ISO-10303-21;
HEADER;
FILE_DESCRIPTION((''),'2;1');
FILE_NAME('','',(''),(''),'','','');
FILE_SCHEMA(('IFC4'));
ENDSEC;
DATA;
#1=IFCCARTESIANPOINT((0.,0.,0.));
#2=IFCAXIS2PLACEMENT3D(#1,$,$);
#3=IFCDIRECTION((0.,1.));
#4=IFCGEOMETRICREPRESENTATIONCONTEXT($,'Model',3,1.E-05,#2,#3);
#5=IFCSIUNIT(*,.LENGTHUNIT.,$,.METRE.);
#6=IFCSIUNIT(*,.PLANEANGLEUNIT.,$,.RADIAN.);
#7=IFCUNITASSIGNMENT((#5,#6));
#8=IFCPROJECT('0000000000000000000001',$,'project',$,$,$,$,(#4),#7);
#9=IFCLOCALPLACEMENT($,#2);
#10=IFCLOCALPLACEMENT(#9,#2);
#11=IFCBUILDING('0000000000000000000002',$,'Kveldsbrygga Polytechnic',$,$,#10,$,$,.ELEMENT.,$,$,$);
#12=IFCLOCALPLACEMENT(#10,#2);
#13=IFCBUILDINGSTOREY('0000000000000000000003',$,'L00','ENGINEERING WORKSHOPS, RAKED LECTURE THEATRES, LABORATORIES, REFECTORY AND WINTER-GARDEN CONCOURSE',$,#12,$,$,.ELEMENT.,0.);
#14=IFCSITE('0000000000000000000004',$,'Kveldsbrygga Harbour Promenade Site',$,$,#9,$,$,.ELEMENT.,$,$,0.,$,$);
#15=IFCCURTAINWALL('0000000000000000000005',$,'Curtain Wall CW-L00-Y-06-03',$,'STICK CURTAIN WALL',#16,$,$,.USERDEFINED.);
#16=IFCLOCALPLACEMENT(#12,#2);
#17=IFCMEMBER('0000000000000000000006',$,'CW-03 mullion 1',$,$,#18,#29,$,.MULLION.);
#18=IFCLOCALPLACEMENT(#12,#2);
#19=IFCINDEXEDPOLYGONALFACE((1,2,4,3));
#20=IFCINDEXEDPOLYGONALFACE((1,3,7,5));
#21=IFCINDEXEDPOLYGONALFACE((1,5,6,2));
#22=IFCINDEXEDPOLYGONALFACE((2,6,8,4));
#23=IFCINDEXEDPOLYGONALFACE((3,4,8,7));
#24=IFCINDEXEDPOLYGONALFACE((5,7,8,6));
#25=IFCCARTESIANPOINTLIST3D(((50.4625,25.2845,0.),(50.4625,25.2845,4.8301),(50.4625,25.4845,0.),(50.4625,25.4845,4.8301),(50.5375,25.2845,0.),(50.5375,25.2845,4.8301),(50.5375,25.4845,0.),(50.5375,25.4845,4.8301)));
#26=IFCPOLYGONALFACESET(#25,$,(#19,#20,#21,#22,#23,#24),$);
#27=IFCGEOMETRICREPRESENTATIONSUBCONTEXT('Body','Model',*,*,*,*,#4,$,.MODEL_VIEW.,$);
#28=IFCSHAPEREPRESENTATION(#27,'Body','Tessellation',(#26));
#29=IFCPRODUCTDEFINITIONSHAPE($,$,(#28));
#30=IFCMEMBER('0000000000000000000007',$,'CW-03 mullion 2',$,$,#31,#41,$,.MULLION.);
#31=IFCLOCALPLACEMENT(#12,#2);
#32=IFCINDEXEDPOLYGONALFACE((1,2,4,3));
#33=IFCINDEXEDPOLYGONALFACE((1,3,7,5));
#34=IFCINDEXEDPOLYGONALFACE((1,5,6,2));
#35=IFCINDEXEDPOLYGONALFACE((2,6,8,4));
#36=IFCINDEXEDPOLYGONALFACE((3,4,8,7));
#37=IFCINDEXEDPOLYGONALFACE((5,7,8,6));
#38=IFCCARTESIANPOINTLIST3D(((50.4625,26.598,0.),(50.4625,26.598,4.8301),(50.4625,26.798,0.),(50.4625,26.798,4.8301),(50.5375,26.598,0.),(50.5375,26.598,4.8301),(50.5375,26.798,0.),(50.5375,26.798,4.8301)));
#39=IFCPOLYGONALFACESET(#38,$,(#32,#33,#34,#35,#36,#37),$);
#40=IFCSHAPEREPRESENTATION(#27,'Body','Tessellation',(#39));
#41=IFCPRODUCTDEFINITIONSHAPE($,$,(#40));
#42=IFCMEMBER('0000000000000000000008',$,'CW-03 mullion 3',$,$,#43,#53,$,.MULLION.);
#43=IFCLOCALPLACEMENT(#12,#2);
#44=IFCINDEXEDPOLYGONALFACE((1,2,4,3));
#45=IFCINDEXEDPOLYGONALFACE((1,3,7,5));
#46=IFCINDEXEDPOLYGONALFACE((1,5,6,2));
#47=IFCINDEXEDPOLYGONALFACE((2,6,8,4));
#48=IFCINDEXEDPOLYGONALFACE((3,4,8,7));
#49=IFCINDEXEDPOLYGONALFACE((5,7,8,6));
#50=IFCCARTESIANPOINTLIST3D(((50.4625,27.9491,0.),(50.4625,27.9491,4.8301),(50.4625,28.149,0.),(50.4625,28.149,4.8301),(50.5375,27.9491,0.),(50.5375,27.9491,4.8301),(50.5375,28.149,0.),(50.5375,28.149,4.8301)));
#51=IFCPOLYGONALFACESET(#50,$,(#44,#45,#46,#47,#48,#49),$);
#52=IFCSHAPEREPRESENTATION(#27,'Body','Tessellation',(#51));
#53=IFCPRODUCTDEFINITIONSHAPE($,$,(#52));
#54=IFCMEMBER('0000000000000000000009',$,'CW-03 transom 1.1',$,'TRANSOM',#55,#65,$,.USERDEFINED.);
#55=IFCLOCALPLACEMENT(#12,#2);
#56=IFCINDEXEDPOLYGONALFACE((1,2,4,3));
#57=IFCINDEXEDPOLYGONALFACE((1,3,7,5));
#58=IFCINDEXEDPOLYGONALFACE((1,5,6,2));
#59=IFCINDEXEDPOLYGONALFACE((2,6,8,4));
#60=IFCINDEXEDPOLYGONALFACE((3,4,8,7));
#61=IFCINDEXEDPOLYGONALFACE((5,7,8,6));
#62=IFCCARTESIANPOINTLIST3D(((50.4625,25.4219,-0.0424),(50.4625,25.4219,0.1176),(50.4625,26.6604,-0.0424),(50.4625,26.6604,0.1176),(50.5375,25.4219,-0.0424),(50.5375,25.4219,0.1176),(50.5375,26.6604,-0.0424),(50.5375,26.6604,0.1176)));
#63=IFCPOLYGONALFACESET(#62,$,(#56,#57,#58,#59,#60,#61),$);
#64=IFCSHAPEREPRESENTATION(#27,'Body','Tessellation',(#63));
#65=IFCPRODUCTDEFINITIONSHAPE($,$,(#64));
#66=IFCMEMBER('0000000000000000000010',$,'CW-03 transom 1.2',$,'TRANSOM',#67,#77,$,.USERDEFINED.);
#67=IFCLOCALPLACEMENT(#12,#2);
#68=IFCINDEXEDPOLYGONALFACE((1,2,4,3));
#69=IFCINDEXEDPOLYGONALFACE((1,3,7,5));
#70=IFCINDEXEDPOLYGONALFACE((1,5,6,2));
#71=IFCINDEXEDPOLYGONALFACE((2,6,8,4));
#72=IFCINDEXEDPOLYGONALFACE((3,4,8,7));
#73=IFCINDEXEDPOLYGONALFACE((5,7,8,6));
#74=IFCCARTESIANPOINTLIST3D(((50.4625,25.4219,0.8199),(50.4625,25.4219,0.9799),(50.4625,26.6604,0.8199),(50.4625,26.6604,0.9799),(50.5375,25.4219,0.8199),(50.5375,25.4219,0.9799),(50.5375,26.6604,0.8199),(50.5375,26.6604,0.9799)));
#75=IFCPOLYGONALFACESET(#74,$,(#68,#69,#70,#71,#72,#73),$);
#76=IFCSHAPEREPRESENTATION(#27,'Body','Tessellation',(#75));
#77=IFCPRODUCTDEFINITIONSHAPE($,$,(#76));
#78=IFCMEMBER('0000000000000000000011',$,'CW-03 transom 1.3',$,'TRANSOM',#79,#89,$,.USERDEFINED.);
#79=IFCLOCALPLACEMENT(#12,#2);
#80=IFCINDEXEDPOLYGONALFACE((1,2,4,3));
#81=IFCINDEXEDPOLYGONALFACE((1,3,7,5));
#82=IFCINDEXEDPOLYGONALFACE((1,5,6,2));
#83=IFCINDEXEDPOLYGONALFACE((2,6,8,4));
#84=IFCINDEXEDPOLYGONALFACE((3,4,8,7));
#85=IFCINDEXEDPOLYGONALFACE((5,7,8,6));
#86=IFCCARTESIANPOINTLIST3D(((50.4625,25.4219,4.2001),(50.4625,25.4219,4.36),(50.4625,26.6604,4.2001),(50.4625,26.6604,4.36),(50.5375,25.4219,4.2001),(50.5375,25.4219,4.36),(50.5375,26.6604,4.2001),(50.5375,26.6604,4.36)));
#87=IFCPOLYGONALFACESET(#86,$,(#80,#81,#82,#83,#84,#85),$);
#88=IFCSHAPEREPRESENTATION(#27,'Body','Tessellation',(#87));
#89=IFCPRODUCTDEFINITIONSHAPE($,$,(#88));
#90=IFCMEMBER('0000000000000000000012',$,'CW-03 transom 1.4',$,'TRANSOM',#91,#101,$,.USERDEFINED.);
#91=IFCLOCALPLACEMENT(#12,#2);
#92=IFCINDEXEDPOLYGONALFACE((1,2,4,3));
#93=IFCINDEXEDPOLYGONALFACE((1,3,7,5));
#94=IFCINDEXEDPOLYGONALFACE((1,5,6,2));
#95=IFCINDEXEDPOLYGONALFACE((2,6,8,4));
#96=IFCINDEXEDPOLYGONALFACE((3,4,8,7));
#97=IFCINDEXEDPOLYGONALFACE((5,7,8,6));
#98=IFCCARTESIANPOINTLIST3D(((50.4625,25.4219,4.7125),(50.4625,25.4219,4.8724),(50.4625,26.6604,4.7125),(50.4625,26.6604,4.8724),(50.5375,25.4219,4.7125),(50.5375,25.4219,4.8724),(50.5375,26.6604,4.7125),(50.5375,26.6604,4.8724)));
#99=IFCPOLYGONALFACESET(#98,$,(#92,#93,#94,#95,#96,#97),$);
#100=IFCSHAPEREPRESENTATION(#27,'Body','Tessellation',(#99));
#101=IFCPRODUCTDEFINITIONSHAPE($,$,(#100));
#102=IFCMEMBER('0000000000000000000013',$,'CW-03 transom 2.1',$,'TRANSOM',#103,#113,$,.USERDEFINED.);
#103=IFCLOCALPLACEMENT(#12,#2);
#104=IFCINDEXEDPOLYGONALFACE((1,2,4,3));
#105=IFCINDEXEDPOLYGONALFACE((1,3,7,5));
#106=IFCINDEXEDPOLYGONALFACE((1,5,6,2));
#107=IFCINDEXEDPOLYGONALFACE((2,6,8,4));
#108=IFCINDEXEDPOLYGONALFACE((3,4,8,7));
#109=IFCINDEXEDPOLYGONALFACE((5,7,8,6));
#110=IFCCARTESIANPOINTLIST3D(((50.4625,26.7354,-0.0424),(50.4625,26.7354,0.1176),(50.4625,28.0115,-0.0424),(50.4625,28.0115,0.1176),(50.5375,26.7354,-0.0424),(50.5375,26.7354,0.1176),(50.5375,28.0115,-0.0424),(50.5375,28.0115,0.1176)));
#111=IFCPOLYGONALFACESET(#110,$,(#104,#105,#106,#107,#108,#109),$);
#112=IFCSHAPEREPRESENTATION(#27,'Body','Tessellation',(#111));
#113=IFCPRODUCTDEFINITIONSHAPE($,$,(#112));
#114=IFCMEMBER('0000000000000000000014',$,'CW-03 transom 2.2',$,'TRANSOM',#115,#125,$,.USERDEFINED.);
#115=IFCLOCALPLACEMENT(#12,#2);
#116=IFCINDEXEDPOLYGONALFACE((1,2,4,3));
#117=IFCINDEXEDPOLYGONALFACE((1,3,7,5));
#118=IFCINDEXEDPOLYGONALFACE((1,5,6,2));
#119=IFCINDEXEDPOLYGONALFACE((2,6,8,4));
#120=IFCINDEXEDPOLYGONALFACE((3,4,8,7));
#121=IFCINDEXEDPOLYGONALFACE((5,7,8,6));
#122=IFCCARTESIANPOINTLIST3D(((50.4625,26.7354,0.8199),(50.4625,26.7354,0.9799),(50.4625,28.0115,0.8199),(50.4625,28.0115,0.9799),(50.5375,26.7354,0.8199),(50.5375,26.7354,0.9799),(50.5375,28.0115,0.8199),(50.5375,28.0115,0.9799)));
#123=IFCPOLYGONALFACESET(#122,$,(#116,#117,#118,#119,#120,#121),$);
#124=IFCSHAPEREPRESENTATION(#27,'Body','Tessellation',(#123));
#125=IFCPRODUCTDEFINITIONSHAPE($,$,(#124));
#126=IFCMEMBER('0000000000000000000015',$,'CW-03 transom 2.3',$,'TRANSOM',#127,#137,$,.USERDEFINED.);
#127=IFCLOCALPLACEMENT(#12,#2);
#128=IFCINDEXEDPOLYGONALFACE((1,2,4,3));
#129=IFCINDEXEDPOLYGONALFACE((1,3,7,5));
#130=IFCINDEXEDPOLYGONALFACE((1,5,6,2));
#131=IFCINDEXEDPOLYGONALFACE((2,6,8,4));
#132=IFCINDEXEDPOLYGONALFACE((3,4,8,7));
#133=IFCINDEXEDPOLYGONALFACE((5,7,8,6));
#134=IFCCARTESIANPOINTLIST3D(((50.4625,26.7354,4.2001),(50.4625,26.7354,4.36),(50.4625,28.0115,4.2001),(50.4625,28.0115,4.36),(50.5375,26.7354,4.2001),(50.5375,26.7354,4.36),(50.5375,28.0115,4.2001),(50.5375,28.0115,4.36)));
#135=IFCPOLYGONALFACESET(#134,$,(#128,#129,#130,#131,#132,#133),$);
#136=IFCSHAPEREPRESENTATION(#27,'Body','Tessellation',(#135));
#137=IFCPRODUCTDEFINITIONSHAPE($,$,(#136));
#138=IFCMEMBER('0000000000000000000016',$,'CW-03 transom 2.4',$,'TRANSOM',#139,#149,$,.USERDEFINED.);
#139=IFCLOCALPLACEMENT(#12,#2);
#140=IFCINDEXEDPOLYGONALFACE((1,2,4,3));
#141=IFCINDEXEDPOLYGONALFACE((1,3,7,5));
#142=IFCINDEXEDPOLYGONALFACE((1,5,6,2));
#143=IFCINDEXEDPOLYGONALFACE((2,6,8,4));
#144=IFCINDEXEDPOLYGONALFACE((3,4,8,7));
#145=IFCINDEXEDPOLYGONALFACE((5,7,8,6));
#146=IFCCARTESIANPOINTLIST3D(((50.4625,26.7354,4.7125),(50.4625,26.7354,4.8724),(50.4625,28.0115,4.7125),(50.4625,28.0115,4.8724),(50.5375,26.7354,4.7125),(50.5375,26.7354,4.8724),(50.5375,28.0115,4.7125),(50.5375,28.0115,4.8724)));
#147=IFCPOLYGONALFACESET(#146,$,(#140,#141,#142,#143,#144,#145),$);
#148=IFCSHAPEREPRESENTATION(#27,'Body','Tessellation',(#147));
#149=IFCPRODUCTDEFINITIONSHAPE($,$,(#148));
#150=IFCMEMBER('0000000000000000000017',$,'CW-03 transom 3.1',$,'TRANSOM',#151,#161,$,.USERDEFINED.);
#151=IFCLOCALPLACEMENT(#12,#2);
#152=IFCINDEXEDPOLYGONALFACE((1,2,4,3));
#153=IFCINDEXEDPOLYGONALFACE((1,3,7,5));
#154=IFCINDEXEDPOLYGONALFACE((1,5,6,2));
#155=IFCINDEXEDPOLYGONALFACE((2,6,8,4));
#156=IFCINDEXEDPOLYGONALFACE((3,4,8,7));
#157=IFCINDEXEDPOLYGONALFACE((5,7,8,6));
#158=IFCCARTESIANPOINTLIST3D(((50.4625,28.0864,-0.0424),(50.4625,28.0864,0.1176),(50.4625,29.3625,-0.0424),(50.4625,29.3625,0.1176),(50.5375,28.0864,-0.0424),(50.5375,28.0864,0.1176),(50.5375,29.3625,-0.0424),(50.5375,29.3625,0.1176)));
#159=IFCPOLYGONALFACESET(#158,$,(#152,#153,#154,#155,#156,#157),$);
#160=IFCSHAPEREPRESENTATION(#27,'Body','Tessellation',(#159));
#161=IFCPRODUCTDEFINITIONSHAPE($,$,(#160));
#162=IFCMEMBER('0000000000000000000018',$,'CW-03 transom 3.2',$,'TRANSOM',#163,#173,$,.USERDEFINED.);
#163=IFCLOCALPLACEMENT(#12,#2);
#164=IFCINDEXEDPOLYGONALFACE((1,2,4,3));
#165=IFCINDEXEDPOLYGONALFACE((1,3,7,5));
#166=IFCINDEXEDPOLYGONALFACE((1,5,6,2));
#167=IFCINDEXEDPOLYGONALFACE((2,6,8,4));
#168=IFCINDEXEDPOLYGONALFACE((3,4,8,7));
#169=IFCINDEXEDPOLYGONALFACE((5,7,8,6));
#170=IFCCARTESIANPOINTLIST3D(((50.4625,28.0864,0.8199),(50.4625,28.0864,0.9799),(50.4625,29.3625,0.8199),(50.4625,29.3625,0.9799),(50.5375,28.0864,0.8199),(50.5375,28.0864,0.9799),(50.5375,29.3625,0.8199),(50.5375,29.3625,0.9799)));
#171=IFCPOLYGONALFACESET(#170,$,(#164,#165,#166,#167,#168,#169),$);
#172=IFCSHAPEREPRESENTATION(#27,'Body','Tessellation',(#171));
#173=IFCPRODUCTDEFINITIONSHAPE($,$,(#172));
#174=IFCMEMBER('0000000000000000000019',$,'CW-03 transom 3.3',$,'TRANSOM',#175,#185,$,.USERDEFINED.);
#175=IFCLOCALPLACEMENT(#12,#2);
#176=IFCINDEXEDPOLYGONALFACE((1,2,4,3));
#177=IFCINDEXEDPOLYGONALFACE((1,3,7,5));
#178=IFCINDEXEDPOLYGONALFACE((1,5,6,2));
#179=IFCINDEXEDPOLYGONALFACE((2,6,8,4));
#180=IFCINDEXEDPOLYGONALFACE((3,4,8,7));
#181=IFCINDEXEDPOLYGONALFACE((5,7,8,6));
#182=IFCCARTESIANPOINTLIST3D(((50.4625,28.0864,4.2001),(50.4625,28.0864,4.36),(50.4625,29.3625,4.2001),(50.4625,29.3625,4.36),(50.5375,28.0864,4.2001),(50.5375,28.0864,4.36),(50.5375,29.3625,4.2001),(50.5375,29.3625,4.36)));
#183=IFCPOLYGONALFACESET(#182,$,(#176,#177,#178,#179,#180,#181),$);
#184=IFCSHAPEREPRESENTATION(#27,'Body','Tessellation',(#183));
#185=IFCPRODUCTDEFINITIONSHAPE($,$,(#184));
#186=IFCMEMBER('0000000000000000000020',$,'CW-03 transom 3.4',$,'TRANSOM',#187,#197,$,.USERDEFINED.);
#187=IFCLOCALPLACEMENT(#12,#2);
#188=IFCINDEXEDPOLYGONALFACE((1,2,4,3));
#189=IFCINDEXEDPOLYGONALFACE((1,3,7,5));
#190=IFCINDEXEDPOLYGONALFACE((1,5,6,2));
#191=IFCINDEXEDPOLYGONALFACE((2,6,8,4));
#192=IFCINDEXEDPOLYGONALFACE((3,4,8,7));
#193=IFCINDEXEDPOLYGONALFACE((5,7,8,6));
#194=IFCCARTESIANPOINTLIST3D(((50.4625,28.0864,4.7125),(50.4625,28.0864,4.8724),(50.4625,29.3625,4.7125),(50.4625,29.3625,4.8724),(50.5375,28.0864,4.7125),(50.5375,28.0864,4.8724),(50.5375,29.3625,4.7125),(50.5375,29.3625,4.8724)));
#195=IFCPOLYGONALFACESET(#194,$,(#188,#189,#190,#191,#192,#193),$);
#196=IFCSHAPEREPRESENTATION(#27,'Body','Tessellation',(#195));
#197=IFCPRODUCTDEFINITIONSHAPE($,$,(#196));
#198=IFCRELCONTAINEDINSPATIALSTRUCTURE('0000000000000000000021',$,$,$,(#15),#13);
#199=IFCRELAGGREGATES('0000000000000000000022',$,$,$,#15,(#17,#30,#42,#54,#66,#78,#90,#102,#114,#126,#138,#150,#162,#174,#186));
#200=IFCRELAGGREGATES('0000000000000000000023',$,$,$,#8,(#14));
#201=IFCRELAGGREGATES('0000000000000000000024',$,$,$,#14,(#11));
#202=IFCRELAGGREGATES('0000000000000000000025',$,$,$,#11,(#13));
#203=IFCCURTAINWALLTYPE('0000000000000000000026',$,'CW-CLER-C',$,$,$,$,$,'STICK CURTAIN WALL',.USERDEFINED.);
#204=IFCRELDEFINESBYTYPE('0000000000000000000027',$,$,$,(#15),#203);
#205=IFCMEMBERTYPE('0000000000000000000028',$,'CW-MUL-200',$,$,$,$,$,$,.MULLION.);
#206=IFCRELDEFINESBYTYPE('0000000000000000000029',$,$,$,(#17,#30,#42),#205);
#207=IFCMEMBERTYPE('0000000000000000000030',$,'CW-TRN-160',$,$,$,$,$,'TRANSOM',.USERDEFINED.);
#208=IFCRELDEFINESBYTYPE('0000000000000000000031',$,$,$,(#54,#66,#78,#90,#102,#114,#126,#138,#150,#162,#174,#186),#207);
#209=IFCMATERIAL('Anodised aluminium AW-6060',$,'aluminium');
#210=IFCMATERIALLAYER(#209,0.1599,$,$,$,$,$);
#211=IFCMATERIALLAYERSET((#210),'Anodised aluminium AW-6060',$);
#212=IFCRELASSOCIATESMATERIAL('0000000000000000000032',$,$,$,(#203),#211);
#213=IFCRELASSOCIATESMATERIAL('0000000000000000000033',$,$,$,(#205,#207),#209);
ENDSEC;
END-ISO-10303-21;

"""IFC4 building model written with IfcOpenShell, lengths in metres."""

from ifc_helpers import new_model, si_unit, direction, frame, origin, origin_2d, place, context, subcontext, project, spatial, rectangle, extrude, material, layer, layer_set, material_profile, profile_set, type_object, element, aggregate, save


model = new_model("IFC4")

# Units and contexts
model_context = context("Model", 3, precision=1e-05, world=origin(), true_north=direction((0.0, 1.0)))
body_context = subcontext(model_context, "Body", "Model", "MODEL_VIEW")
ifc_project = project(units=[si_unit("LENGTHUNIT", "METRE"), si_unit("PLANEANGLEUNIT", "RADIAN")], contexts=[model_context])

# Site, building, storey
site_placement = place(None, origin())
site = spatial("IfcSite", under=ifc_project, at=site_placement, Name="Kveldsbrygga Harbour Promenade Site", CompositionType="ELEMENT", RefElevation=0.0)
building_placement = place(site_placement, origin())
building = spatial("IfcBuilding", under=site, at=building_placement, Name="Kveldsbrygga Polytechnic", CompositionType="ELEMENT")
storey_placement = place(building_placement, origin())
storey = spatial("IfcBuildingStorey", under=building, at=storey_placement, Name="L00", Description="ENGINEERING WORKSHOPS, RAKED LECTURE THEATRES, LABORATORIES, REFECTORY AND WINTER-GARDEN CONCOURSE", CompositionType="ELEMENT", Elevation=0.0)

# Curtain wall, members
ifc_material_1 = material(Name="Anodised aluminium AW-6060", Category="aluminium")
ifc_layer_1 = layer(ifc_material_1, 0.1599)
ifc_layer_set_1 = layer_set([ifc_layer_1], Name="Anodised aluminium AW-6060")
curtain_wall_type = type_object("IfcCurtainWallType", Name="CW-CLER-C", ElementType="STICK CURTAIN WALL", PredefinedType="USERDEFINED", material=ifc_layer_set_1)
curtain_wall_placement = place(storey_placement, origin())
curtain_wall = element("IfcCurtainWall", 1, at=curtain_wall_placement, inside=storey, type_object=curtain_wall_type, Name="Curtain Wall CW-L00-Y-06-03", ObjectType="STICK CURTAIN WALL", PredefinedType="USERDEFINED")
ifc_material_profile_1 = material_profile(ifc_material_1, rectangle(XDim=0.075, YDim=0.2, at=origin_2d()), Name="ALU 75x200")
ifc_profile_set_1 = profile_set([ifc_material_profile_1], Name="Anodised aluminium AW-6060")
member_type_1 = type_object("IfcMemberType", Name="CW-MUL-200", PredefinedType="MULLION", material=ifc_profile_set_1)
member_1_placement = place(storey_placement, frame((50.5, 25.3845, 0.0), z_axis=(0.0, 0.0, 1.0), x_axis=(-1.0, 0.0, 0.0)))
member_1 = element("IfcMember", 2, at=member_1_placement, type_object=member_type_1, Name="CW-03 mullion 1", PredefinedType="MULLION", context=body_context, shape_type="SweptSolid", body=[
    extrude(rectangle(XDim=0.075, YDim=0.2, at=origin_2d()), origin(), (0.0, 0.0, 1.0), 4.8301),
])
member_2_placement = place(storey_placement, frame((50.5, 26.698, 0.0), z_axis=(0.0, 0.0, 1.0), x_axis=(-1.0, 0.0, 0.0)))
member_2 = element("IfcMember", 3, at=member_2_placement, type_object=member_type_1, Name="CW-03 mullion 2", PredefinedType="MULLION", context=body_context, shape_type="SweptSolid", body=[
    extrude(rectangle(XDim=0.075, YDim=0.2, at=origin_2d()), origin(), (0.0, 0.0, 1.0), 4.8301),
])
member_3_placement = place(storey_placement, frame((50.5, 28.0491, 0.0), z_axis=(0.0, 0.0, 1.0), x_axis=(-1.0, 0.0, 0.0)))
member_3 = element("IfcMember", 4, at=member_3_placement, type_object=member_type_1, Name="CW-03 mullion 3", PredefinedType="MULLION", context=body_context, shape_type="SweptSolid", body=[
    extrude(rectangle(XDim=0.075, YDim=0.2, at=origin_2d()), origin(), (0.0, 0.0, 1.0), 4.8301),
])
ifc_material_profile_2 = material_profile(ifc_material_1, rectangle(XDim=0.075, YDim=0.1599, at=origin_2d()), Name="ALU 75x160")
ifc_profile_set_2 = profile_set([ifc_material_profile_2], Name="Anodised aluminium AW-6060")
member_type_2 = type_object("IfcMemberType", Name="CW-TRN-160", ElementType="TRANSOM", PredefinedType="USERDEFINED", material=ifc_profile_set_2)
member_4_placement = place(storey_placement, frame((50.5, 25.4219, 0.0376), z_axis=(0.0, 1.0, 0.0), x_axis=(-1.0, 0.0, 0.0)))
member_4 = element("IfcMember", 5, at=member_4_placement, type_object=member_type_2, Name="CW-03 transom 1.1", ObjectType="TRANSOM", PredefinedType="USERDEFINED", context=body_context, shape_type="SweptSolid", body=[
    extrude(rectangle(XDim=0.075, YDim=0.1599, at=origin_2d()), origin(), (0.0, 0.0, 1.0), 1.2385),
])
member_5_placement = place(storey_placement, frame((50.5, 25.4219, 0.8999), z_axis=(0.0, 1.0, 0.0), x_axis=(-1.0, 0.0, 0.0)))
member_5 = element("IfcMember", 6, at=member_5_placement, type_object=member_type_2, Name="CW-03 transom 1.2", ObjectType="TRANSOM", PredefinedType="USERDEFINED", context=body_context, shape_type="SweptSolid", body=[
    extrude(rectangle(XDim=0.075, YDim=0.1599, at=origin_2d()), origin(), (0.0, 0.0, 1.0), 1.2385),
])
member_6_placement = place(storey_placement, frame((50.5, 25.4219, 4.28), z_axis=(0.0, 1.0, 0.0), x_axis=(-1.0, 0.0, 0.0)))
member_6 = element("IfcMember", 7, at=member_6_placement, type_object=member_type_2, Name="CW-03 transom 1.3", ObjectType="TRANSOM", PredefinedType="USERDEFINED", context=body_context, shape_type="SweptSolid", body=[
    extrude(rectangle(XDim=0.075, YDim=0.1599, at=origin_2d()), origin(), (0.0, 0.0, 1.0), 1.2385),
])
member_7_placement = place(storey_placement, frame((50.5, 25.4219, 4.7925), z_axis=(0.0, 1.0, 0.0), x_axis=(-1.0, 0.0, 0.0)))
member_7 = element("IfcMember", 8, at=member_7_placement, type_object=member_type_2, Name="CW-03 transom 1.4", ObjectType="TRANSOM", PredefinedType="USERDEFINED", context=body_context, shape_type="SweptSolid", body=[
    extrude(rectangle(XDim=0.075, YDim=0.1599, at=origin_2d()), origin(), (0.0, 0.0, 1.0), 1.2385),
])
member_8_placement = place(storey_placement, frame((50.5, 26.7354, 0.0376), z_axis=(0.0, 1.0, 0.0), x_axis=(-1.0, 0.0, 0.0)))
member_8 = element("IfcMember", 9, at=member_8_placement, type_object=member_type_2, Name="CW-03 transom 2.1", ObjectType="TRANSOM", PredefinedType="USERDEFINED", context=body_context, shape_type="SweptSolid", body=[
    extrude(rectangle(XDim=0.075, YDim=0.1599, at=origin_2d()), origin(), (0.0, 0.0, 1.0), 1.2761),
])
member_9_placement = place(storey_placement, frame((50.5, 26.7354, 0.8999), z_axis=(0.0, 1.0, 0.0), x_axis=(-1.0, 0.0, 0.0)))
member_9 = element("IfcMember", 10, at=member_9_placement, type_object=member_type_2, Name="CW-03 transom 2.2", ObjectType="TRANSOM", PredefinedType="USERDEFINED", context=body_context, shape_type="SweptSolid", body=[
    extrude(rectangle(XDim=0.075, YDim=0.1599, at=origin_2d()), origin(), (0.0, 0.0, 1.0), 1.2761),
])
member_10_placement = place(storey_placement, frame((50.5, 26.7354, 4.28), z_axis=(0.0, 1.0, 0.0), x_axis=(-1.0, 0.0, 0.0)))
member_10 = element("IfcMember", 11, at=member_10_placement, type_object=member_type_2, Name="CW-03 transom 2.3", ObjectType="TRANSOM", PredefinedType="USERDEFINED", context=body_context, shape_type="SweptSolid", body=[
    extrude(rectangle(XDim=0.075, YDim=0.1599, at=origin_2d()), origin(), (0.0, 0.0, 1.0), 1.2761),
])
member_11_placement = place(storey_placement, frame((50.5, 26.7354, 4.7925), z_axis=(0.0, 1.0, 0.0), x_axis=(-1.0, 0.0, 0.0)))
member_11 = element("IfcMember", 12, at=member_11_placement, type_object=member_type_2, Name="CW-03 transom 2.4", ObjectType="TRANSOM", PredefinedType="USERDEFINED", context=body_context, shape_type="SweptSolid", body=[
    extrude(rectangle(XDim=0.075, YDim=0.1599, at=origin_2d()), origin(), (0.0, 0.0, 1.0), 1.2761),
])
member_12_placement = place(storey_placement, frame((50.5, 28.0864, 0.0376), z_axis=(0.0, 1.0, 0.0), x_axis=(-1.0, 0.0, 0.0)))
member_12 = element("IfcMember", 13, at=member_12_placement, type_object=member_type_2, Name="CW-03 transom 3.1", ObjectType="TRANSOM", PredefinedType="USERDEFINED", context=body_context, shape_type="SweptSolid", body=[
    extrude(rectangle(XDim=0.075, YDim=0.1599, at=origin_2d()), origin(), (0.0, 0.0, 1.0), 1.2761),
])
member_13_placement = place(storey_placement, frame((50.5, 28.0864, 0.8999), z_axis=(0.0, 1.0, 0.0), x_axis=(-1.0, 0.0, 0.0)))
member_13 = element("IfcMember", 14, at=member_13_placement, type_object=member_type_2, Name="CW-03 transom 3.2", ObjectType="TRANSOM", PredefinedType="USERDEFINED", context=body_context, shape_type="SweptSolid", body=[
    extrude(rectangle(XDim=0.075, YDim=0.1599, at=origin_2d()), origin(), (0.0, 0.0, 1.0), 1.2761),
])
member_14_placement = place(storey_placement, frame((50.5, 28.0864, 4.28), z_axis=(0.0, 1.0, 0.0), x_axis=(-1.0, 0.0, 0.0)))
member_14 = element("IfcMember", 15, at=member_14_placement, type_object=member_type_2, Name="CW-03 transom 3.3", ObjectType="TRANSOM", PredefinedType="USERDEFINED", context=body_context, shape_type="SweptSolid", body=[
    extrude(rectangle(XDim=0.075, YDim=0.1599, at=origin_2d()), origin(), (0.0, 0.0, 1.0), 1.2761),
])
member_15_placement = place(storey_placement, frame((50.5, 28.0864, 4.7925), z_axis=(0.0, 1.0, 0.0), x_axis=(-1.0, 0.0, 0.0)))
member_15 = element("IfcMember", 16, at=member_15_placement, type_object=member_type_2, Name="CW-03 transom 3.4", ObjectType="TRANSOM", PredefinedType="USERDEFINED", context=body_context, shape_type="SweptSolid", body=[
    extrude(rectangle(XDim=0.075, YDim=0.1599, at=origin_2d()), origin(), (0.0, 0.0, 1.0), 1.2761),
])

aggregate(curtain_wall, [member_1, member_2, member_3, member_4, member_5, member_6, member_7, member_8, member_9, member_10, member_11, member_12, member_13, member_14, member_15])

save(model, "model.ifc")
